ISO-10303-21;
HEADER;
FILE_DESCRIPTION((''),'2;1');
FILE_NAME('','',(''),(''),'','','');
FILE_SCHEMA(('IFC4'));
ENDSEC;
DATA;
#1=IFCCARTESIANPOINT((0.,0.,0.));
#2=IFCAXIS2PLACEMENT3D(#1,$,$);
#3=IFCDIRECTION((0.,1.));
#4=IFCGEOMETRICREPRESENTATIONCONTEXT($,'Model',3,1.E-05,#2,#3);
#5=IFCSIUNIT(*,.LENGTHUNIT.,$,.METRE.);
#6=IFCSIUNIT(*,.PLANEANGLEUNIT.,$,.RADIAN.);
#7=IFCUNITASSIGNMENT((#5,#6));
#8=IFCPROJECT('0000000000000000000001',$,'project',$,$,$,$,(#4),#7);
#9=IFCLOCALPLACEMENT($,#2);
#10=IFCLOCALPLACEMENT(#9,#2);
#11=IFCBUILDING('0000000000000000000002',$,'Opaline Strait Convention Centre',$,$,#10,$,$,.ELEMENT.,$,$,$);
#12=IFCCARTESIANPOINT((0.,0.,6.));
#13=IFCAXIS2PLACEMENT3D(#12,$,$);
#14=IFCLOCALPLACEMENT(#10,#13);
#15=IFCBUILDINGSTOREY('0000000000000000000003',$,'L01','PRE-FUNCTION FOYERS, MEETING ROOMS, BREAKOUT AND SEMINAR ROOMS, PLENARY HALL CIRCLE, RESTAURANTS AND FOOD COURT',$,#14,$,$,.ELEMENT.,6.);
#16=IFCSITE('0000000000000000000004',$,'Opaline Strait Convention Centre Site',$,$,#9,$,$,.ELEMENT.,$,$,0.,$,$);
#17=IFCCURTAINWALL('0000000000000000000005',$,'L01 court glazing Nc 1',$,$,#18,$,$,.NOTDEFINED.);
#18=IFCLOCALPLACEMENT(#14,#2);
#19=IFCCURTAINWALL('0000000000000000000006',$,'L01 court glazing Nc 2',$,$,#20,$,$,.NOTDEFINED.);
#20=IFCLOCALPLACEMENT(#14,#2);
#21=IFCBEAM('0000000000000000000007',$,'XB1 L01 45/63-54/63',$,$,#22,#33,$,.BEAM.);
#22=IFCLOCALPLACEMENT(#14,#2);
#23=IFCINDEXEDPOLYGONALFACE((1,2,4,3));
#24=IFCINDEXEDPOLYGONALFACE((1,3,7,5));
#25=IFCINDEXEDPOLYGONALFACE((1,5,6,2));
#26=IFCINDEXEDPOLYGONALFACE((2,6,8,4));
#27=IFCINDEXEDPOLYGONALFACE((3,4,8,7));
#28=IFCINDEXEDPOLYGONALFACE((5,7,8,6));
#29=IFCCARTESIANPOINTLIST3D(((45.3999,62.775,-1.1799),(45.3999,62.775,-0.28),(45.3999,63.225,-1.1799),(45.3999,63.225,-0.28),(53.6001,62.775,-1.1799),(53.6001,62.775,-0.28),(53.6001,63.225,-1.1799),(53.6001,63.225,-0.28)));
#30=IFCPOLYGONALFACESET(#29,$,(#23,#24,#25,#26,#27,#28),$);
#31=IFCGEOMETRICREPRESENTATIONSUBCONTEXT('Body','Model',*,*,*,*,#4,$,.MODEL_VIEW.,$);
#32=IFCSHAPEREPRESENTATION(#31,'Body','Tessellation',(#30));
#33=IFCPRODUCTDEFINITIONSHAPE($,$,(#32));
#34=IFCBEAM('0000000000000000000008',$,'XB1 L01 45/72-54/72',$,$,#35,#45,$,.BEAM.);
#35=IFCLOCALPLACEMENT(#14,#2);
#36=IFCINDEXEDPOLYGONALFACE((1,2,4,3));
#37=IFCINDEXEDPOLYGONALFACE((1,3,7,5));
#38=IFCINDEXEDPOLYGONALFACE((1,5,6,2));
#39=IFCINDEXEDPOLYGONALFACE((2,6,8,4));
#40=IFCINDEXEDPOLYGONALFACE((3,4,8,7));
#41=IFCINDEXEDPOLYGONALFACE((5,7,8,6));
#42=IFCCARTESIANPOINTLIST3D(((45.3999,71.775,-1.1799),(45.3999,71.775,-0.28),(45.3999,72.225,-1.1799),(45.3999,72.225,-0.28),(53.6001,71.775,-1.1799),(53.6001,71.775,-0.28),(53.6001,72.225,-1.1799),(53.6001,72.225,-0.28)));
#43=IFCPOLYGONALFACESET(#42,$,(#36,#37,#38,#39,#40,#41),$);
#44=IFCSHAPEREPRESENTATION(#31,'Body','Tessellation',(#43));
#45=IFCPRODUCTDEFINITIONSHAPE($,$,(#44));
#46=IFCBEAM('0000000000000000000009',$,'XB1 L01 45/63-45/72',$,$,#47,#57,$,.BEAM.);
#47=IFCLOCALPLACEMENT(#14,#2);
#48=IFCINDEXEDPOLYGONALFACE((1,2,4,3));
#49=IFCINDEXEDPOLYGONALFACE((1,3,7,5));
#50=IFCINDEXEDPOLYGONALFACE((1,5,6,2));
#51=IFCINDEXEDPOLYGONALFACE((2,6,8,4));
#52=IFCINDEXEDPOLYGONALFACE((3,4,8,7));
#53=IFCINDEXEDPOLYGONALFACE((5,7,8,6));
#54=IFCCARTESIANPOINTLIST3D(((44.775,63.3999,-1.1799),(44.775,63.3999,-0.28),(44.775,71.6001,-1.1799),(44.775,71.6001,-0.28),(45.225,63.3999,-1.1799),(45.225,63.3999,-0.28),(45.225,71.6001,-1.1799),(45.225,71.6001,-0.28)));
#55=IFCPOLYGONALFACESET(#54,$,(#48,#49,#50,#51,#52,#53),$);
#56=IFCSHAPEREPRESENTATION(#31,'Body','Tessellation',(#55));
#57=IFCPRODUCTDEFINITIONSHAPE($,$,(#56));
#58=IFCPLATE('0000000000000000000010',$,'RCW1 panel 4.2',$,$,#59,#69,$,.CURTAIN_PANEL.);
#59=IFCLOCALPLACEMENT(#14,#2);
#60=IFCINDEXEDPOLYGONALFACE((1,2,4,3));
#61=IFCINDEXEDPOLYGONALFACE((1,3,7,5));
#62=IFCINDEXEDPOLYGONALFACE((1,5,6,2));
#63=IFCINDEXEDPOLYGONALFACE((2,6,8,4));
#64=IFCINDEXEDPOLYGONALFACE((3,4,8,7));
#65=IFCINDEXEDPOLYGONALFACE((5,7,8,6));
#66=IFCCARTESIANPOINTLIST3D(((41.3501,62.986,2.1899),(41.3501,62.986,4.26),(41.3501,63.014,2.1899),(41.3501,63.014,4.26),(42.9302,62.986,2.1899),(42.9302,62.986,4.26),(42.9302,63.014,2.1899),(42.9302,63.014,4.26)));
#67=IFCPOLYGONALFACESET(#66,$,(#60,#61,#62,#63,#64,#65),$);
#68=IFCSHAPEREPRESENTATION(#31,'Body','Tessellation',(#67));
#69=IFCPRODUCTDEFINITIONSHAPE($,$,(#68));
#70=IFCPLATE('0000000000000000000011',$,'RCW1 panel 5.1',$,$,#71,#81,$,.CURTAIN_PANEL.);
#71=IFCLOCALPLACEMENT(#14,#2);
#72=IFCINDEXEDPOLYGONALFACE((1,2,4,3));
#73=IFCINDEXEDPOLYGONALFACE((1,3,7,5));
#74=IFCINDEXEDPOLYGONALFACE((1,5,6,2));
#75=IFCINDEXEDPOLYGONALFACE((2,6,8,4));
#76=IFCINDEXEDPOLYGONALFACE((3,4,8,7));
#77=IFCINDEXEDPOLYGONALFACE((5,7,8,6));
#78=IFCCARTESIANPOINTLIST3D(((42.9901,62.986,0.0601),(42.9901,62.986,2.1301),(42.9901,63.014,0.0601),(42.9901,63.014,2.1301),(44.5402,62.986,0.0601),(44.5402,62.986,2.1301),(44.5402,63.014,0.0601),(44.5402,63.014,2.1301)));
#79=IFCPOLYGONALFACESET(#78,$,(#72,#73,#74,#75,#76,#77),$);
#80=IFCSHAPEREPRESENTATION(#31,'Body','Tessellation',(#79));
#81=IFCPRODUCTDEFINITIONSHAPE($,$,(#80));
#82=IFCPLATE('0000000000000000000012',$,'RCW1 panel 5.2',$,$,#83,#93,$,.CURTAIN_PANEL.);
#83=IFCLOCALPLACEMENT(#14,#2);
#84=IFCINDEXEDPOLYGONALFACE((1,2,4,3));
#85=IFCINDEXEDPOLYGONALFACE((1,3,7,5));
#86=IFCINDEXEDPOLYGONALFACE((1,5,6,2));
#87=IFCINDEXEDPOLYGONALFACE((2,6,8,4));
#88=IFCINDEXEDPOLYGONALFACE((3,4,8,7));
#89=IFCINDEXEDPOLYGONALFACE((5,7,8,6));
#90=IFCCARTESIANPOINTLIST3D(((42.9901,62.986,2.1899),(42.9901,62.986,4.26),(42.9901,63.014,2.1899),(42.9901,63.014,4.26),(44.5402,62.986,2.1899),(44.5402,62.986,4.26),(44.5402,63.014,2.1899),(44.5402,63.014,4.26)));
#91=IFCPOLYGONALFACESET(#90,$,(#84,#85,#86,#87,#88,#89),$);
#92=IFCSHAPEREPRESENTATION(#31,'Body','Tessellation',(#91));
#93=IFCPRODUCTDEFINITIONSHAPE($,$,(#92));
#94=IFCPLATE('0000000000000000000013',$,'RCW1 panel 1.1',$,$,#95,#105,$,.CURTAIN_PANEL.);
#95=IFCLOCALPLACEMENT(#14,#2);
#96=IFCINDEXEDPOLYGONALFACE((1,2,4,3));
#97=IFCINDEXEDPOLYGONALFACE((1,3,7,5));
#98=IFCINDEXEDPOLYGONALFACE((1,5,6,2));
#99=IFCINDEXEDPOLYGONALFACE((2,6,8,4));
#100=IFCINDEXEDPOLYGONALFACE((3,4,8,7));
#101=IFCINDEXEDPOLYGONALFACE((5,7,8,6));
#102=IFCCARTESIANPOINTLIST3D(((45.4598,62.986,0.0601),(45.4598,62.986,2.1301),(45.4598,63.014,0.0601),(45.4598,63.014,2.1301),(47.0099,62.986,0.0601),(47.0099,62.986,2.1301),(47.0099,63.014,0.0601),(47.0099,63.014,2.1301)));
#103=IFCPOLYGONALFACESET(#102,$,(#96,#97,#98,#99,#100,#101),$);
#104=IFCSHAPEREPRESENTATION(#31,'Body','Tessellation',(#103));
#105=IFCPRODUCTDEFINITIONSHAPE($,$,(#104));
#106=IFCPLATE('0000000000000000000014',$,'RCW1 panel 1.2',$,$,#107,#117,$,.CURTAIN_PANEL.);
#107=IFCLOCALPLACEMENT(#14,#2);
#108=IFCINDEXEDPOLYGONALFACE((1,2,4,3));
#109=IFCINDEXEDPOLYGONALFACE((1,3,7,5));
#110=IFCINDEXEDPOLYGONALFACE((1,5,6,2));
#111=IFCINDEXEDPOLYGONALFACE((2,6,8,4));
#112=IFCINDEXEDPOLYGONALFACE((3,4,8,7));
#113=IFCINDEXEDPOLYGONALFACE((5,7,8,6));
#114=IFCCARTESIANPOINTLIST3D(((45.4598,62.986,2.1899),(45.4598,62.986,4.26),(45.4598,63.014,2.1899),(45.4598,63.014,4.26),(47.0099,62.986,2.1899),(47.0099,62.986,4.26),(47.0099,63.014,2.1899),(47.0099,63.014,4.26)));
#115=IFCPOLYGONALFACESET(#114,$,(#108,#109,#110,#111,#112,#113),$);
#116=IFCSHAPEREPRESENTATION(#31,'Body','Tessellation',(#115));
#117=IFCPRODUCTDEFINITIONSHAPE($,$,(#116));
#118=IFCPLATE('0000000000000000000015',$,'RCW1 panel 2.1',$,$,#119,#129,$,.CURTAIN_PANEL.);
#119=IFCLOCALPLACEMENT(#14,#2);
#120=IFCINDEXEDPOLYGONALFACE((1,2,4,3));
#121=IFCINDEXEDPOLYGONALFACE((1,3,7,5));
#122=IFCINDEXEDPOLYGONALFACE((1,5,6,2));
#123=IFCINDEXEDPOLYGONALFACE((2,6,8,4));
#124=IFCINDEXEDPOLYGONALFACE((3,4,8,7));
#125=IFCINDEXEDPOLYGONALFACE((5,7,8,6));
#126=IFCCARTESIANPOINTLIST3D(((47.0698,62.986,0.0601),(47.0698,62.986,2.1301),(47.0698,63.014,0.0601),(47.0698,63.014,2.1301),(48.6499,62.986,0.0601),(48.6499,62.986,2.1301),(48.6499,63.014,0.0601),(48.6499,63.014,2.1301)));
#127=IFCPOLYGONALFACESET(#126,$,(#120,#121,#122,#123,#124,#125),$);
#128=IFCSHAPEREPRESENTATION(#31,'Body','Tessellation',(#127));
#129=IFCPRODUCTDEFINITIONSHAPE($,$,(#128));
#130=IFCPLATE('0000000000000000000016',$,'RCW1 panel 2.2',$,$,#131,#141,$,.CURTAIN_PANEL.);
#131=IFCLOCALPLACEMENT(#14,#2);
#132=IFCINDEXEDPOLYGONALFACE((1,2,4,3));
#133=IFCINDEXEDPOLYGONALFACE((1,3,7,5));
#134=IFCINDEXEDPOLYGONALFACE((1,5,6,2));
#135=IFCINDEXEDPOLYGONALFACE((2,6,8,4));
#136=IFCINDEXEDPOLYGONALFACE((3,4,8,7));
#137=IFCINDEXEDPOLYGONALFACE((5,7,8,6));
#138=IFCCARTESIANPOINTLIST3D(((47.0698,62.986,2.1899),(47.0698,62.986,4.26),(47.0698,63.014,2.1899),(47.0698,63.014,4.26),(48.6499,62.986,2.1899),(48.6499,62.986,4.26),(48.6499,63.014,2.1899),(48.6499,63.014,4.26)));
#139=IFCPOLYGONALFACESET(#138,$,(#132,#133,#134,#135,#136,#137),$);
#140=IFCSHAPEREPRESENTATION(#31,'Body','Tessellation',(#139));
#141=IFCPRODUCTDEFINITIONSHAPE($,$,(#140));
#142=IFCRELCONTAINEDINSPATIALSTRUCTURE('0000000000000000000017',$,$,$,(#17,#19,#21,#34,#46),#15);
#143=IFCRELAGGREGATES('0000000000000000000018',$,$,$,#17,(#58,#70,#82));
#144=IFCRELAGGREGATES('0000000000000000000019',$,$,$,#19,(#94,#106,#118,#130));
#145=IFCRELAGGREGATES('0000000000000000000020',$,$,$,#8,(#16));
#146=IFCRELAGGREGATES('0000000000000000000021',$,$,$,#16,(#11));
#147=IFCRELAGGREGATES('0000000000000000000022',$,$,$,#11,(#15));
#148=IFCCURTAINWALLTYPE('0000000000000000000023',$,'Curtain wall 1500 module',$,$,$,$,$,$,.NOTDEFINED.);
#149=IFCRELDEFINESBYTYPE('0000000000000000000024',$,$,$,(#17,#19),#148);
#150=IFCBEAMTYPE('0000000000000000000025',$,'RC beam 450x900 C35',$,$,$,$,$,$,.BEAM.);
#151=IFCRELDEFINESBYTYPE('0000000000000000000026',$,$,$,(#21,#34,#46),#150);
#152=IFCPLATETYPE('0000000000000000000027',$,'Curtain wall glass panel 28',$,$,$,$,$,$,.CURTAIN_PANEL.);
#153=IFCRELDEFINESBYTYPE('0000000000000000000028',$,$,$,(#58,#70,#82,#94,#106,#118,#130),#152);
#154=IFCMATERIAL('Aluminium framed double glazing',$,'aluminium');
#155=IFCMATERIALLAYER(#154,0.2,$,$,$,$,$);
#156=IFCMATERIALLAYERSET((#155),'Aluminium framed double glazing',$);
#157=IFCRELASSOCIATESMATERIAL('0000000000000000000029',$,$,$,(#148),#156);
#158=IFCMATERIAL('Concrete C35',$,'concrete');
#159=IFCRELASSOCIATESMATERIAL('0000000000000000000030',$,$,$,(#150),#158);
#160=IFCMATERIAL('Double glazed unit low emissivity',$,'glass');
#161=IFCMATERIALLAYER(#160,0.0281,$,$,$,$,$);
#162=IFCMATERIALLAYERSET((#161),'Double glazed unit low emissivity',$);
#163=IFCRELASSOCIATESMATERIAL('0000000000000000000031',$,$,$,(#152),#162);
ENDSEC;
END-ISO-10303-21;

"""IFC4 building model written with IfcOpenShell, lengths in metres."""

from ifc_helpers import new_model, si_unit, direction, frame, origin, origin_2d, place, context, subcontext, project, spatial, rectangle, extrude, material, layer, layer_set, material_profile, profile_set, type_object, element, aggregate, save


model = new_model("IFC4")

# Units and contexts
model_context = context("Model", 3, precision=1e-05, world=origin(), true_north=direction((0.0, 1.0)))
body_context = subcontext(model_context, "Body", "Model", "MODEL_VIEW")
ifc_project = project(units=[si_unit("LENGTHUNIT", "METRE"), si_unit("PLANEANGLEUNIT", "RADIAN")], contexts=[model_context])

# Site, building, storey
site_placement = place(None, origin())
site = spatial("IfcSite", under=ifc_project, at=site_placement, Name="Opaline Strait Convention Centre Site", CompositionType="ELEMENT", RefElevation=0.0)
building_placement = place(site_placement, origin())
building = spatial("IfcBuilding", under=site, at=building_placement, Name="Opaline Strait Convention Centre", CompositionType="ELEMENT")
storey_placement = place(building_placement, frame((0.0, 0.0, 6.0)))
storey = spatial("IfcBuildingStorey", under=building, at=storey_placement, Name="L01", Description="PRE-FUNCTION FOYERS, MEETING ROOMS, BREAKOUT AND SEMINAR ROOMS, PLENARY HALL CIRCLE, RESTAURANTS AND FOOD COURT", CompositionType="ELEMENT", Elevation=6.0)

# Curtain walls
ifc_material_1 = material(Name="Aluminium framed double glazing", Category="aluminium")
ifc_layer_1 = layer(ifc_material_1, 0.2)
ifc_layer_set_1 = layer_set([ifc_layer_1], Name="Aluminium framed double glazing")
curtain_wall_type = type_object("IfcCurtainWallType", Name="Curtain wall 1500 module", PredefinedType="NOTDEFINED", material=ifc_layer_set_1)
curtain_wall_1_placement = place(storey_placement, origin())
curtain_wall_1 = element("IfcCurtainWall", 1, at=curtain_wall_1_placement, inside=storey, type_object=curtain_wall_type, Name="L01 court glazing Nc 1", PredefinedType="NOTDEFINED")
curtain_wall_2_placement = place(storey_placement, origin())
curtain_wall_2 = element("IfcCurtainWall", 2, at=curtain_wall_2_placement, inside=storey, type_object=curtain_wall_type, Name="L01 court glazing Nc 2", PredefinedType="NOTDEFINED")

# Beams
ifc_material_2 = material(Name="Concrete C35", Category="concrete")
ifc_material_profile_1 = material_profile(ifc_material_2, rectangle(XDim=0.45, YDim=0.8999, at=origin_2d()), Name="RC 450x900")
ifc_profile_set_1 = profile_set([ifc_material_profile_1], Name="Concrete C35")
beam_type = type_object("IfcBeamType", Name="RC beam 450x900 C35", PredefinedType="BEAM", material=ifc_profile_set_1)
for number, where, z_axis, x_axis, name in (
    (3, (45.3999, 63.0, -0.73), (1.0, 0.0, 0.0), (0.0, 1.0, 0.0), "XB1 L01 45/63-54/63"),
    (4, (45.3999, 72.0, -0.73), (1.0, 0.0, 0.0), (0.0, 1.0, 0.0), "XB1 L01 45/72-54/72"),
    (5, (45.0, 63.3999, -0.73), (0.0, 1.0, 0.0), (-1.0, 0.0, 0.0), "XB1 L01 45/63-45/72"),
):
    element("IfcBeam", number, at=place(storey_placement, frame(where, z_axis=z_axis, x_axis=x_axis)), inside=storey, type_object=beam_type, Name=name, PredefinedType="BEAM", context=body_context, shape_type="SweptSolid", body=[
        extrude(rectangle(XDim=0.45, YDim=0.8999, at=origin_2d()), origin(), (0.0, 0.0, 1.0), 8.2002),
    ])

# Plates
ifc_material_3 = material(Name="Double glazed unit low emissivity", Category="glass")
ifc_layer_2 = layer(ifc_material_3, 0.0281)
ifc_layer_set_2 = layer_set([ifc_layer_2], Name="Double glazed unit low emissivity")
plate_type = type_object("IfcPlateType", Name="Curtain wall glass panel 28", PredefinedType="CURTAIN_PANEL", material=ifc_layer_set_2)
plate_1_placement = place(storey_placement, frame((42.1401, 63.0, 2.1899), z_axis=(0.0, 0.0, 1.0), x_axis=(1.0, 0.0, 0.0)))
plate_1 = element("IfcPlate", 6, at=plate_1_placement, type_object=plate_type, Name="RCW1 panel 4.2", PredefinedType="CURTAIN_PANEL", context=body_context, shape_type="SweptSolid", body=[
    extrude(rectangle(XDim=1.5801, YDim=0.0281, at=origin_2d()), origin(), (0.0, 0.0, 1.0), 2.0701),
])
plate_2_placement = place(storey_placement, frame((43.7651, 63.0, 0.0601), z_axis=(0.0, 0.0, 1.0), x_axis=(1.0, 0.0, 0.0)))
plate_2 = element("IfcPlate", 7, at=plate_2_placement, type_object=plate_type, Name="RCW1 panel 5.1", PredefinedType="CURTAIN_PANEL", context=body_context, shape_type="SweptSolid", body=[
    extrude(rectangle(XDim=1.55, YDim=0.0281, at=origin_2d()), origin(), (0.0, 0.0, 1.0), 2.0701),
])
plate_3_placement = place(storey_placement, frame((43.7651, 63.0, 2.1899), z_axis=(0.0, 0.0, 1.0), x_axis=(1.0, 0.0, 0.0)))
plate_3 = element("IfcPlate", 8, at=plate_3_placement, type_object=plate_type, Name="RCW1 panel 5.2", PredefinedType="CURTAIN_PANEL", context=body_context, shape_type="SweptSolid", body=[
    extrude(rectangle(XDim=1.55, YDim=0.0281, at=origin_2d()), origin(), (0.0, 0.0, 1.0), 2.0701),
])
aggregate(curtain_wall_1, [plate_1, plate_2, plate_3])
plate_4_placement = place(storey_placement, frame((46.2349, 63.0, 0.0601), z_axis=(0.0, 0.0, 1.0), x_axis=(1.0, 0.0, 0.0)))
plate_4 = element("IfcPlate", 9, at=plate_4_placement, type_object=plate_type, Name="RCW1 panel 1.1", PredefinedType="CURTAIN_PANEL", context=body_context, shape_type="SweptSolid", body=[
    extrude(rectangle(XDim=1.55, YDim=0.0281, at=origin_2d()), origin(), (0.0, 0.0, 1.0), 2.0701),
])
plate_5_placement = place(storey_placement, frame((46.2349, 63.0, 2.1899), z_axis=(0.0, 0.0, 1.0), x_axis=(1.0, 0.0, 0.0)))
plate_5 = element("IfcPlate", 10, at=plate_5_placement, type_object=plate_type, Name="RCW1 panel 1.2", PredefinedType="CURTAIN_PANEL", context=body_context, shape_type="SweptSolid", body=[
    extrude(rectangle(XDim=1.55, YDim=0.0281, at=origin_2d()), origin(), (0.0, 0.0, 1.0), 2.0701),
])
plate_6_placement = place(storey_placement, frame((47.8599, 63.0, 0.0601), z_axis=(0.0, 0.0, 1.0), x_axis=(1.0, 0.0, 0.0)))
plate_6 = element("IfcPlate", 11, at=plate_6_placement, type_object=plate_type, Name="RCW1 panel 2.1", PredefinedType="CURTAIN_PANEL", context=body_context, shape_type="SweptSolid", body=[
    extrude(rectangle(XDim=1.5801, YDim=0.0281, at=origin_2d()), origin(), (0.0, 0.0, 1.0), 2.0701),
])
plate_7_placement = place(storey_placement, frame((47.8599, 63.0, 2.1899), z_axis=(0.0, 0.0, 1.0), x_axis=(1.0, 0.0, 0.0)))
plate_7 = element("IfcPlate", 12, at=plate_7_placement, type_object=plate_type, Name="RCW1 panel 2.2", PredefinedType="CURTAIN_PANEL", context=body_context, shape_type="SweptSolid", body=[
    extrude(rectangle(XDim=1.5801, YDim=0.0281, at=origin_2d()), origin(), (0.0, 0.0, 1.0), 2.0701),
])
aggregate(curtain_wall_2, [plate_4, plate_5, plate_6, plate_7])

save(model, "model.ifc")
